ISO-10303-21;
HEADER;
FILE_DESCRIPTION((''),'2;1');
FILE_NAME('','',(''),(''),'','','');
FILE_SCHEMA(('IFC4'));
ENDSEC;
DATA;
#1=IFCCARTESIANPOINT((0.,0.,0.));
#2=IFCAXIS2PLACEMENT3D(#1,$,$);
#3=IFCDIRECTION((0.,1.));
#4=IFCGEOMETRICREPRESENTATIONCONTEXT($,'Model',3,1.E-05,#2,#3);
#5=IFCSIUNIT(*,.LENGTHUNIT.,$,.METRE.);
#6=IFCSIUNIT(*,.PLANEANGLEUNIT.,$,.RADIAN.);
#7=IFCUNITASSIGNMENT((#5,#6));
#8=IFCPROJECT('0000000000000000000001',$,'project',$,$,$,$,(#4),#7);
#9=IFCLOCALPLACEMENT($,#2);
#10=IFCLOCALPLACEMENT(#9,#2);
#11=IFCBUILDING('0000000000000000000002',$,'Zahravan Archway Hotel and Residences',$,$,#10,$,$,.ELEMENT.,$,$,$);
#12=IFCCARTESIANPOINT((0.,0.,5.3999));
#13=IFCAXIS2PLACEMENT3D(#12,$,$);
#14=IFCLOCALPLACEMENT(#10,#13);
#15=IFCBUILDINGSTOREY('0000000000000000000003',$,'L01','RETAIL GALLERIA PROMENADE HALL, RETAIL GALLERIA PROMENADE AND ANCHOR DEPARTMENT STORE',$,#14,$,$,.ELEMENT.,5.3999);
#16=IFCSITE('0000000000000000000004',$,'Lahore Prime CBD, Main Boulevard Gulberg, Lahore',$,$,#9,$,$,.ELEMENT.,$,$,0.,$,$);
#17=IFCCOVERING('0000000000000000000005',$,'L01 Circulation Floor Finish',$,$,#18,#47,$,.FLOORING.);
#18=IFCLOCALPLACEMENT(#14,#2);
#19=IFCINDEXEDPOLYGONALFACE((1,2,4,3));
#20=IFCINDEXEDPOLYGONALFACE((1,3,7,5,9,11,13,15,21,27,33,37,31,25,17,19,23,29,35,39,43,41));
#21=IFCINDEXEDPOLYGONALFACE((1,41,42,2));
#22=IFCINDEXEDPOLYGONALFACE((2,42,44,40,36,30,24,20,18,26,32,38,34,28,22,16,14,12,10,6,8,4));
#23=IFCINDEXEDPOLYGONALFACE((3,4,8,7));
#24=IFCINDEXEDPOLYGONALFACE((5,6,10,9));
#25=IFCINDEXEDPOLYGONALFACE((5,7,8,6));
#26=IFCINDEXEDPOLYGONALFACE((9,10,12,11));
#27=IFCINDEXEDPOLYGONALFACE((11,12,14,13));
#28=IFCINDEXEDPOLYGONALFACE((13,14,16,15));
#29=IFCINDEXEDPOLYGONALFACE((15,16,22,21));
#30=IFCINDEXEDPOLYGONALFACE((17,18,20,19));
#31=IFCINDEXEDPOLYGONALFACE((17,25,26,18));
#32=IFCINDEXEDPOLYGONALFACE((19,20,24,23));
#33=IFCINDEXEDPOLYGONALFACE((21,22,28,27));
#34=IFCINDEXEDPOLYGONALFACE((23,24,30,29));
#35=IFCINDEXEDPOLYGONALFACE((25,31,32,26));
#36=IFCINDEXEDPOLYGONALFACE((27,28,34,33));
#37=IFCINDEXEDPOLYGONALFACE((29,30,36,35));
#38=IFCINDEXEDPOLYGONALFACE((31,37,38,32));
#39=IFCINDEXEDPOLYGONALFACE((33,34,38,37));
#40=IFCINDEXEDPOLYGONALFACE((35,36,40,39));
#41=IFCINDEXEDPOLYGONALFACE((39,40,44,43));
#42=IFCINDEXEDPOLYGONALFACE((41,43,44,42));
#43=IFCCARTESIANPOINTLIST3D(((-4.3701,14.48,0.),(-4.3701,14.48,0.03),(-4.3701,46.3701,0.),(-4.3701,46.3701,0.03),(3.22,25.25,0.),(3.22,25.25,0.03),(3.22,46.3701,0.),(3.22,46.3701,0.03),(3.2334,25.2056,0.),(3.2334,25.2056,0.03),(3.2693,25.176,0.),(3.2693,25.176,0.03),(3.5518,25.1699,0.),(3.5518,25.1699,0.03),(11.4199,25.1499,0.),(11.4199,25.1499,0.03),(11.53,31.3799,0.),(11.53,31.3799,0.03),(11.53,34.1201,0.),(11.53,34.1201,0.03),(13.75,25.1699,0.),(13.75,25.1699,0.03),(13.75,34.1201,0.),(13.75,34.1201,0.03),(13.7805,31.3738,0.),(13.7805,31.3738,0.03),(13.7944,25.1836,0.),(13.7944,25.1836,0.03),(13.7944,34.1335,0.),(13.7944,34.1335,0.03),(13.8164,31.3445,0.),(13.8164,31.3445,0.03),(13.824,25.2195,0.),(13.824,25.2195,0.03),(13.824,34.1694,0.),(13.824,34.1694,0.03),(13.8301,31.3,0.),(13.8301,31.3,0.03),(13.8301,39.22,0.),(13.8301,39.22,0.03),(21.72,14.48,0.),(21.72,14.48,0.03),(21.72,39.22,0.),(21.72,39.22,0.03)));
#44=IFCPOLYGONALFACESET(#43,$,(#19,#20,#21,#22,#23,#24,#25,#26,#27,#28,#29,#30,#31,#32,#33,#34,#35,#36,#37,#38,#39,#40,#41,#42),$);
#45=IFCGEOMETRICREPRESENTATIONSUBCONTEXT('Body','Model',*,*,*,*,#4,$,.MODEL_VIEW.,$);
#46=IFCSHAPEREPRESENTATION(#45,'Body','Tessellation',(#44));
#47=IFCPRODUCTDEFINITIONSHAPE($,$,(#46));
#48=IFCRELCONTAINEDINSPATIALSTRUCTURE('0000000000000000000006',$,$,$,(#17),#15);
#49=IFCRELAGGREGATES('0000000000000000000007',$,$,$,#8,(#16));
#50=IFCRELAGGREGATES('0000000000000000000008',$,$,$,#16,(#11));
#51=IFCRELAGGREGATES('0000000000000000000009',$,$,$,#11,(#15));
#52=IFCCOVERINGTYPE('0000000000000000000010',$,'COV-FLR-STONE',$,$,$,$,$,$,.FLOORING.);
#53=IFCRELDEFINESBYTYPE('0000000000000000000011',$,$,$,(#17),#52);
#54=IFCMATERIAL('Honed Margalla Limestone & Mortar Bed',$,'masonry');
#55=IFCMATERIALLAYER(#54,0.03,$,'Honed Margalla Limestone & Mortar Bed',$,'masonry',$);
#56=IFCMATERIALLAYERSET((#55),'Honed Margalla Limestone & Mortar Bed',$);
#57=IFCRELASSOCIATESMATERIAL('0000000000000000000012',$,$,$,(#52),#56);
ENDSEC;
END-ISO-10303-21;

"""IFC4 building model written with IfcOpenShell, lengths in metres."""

from ifc_helpers import new_model, si_unit, direction, frame, origin, place, context, subcontext, project, spatial, polyline, outline, extrude, material, layer, layer_set, type_object, element, save


model = new_model("IFC4")

# Units and contexts
model_context = context("Model", 3, precision=1e-05, world=origin(), true_north=direction((0.0, 1.0)))
body_context = subcontext(model_context, "Body", "Model", "MODEL_VIEW")
ifc_project = project(units=[si_unit("LENGTHUNIT", "METRE"), si_unit("PLANEANGLEUNIT", "RADIAN")], contexts=[model_context])

# Site, building, storey
site_placement = place(None, origin())
site = spatial("IfcSite", under=ifc_project, at=site_placement, Name="Lahore Prime CBD, Main Boulevard Gulberg, Lahore", CompositionType="ELEMENT", RefElevation=0.0)
building_placement = place(site_placement, origin())
building = spatial("IfcBuilding", under=site, at=building_placement, Name="Zahravan Archway Hotel and Residences", CompositionType="ELEMENT")
storey_placement = place(building_placement, frame((0.0, 0.0, 5.3999)))
storey = spatial("IfcBuildingStorey", under=building, at=storey_placement, Name="L01", Description="RETAIL GALLERIA PROMENADE HALL, RETAIL GALLERIA PROMENADE AND ANCHOR DEPARTMENT STORE", CompositionType="ELEMENT", Elevation=5.3999)

# Covering
ifc_material_1 = material(Name="Honed Margalla Limestone & Mortar Bed", Category="masonry")
ifc_layer_1 = layer(ifc_material_1, 0.03, Name="Honed Margalla Limestone & Mortar Bed", Category="masonry")
ifc_layer_set_1 = layer_set([ifc_layer_1], Name="Honed Margalla Limestone & Mortar Bed")
covering_type = type_object("IfcCoveringType", Name="COV-FLR-STONE", PredefinedType="FLOORING", material=ifc_layer_set_1)
covering_placement = place(storey_placement, origin())
element("IfcCovering", 1, at=covering_placement, inside=storey, type_object=covering_type, Name="L01 Circulation Floor Finish", PredefinedType="FLOORING", context=body_context, shape_type="SweptSolid", body=[
    extrude(outline(polyline([(3.22, 25.25), (3.2334, 25.2056), (3.2693, 25.176), (3.5518, 25.1699), (11.4199, 25.1499), (13.75, 25.1699), (13.7944, 25.1836), (13.824, 25.2195), (13.8301, 31.3), (13.8164, 31.3445), (13.7805, 31.3738), (11.53, 31.3799), (11.53, 34.1201), (13.75, 34.1201), (13.7944, 34.1335), (13.824, 34.1694), (13.8301, 39.22), (21.72, 39.22), (21.72, 14.48), (-4.3701, 14.48), (-4.3701, 46.3701), (3.22, 46.3701), (3.22, 25.25)])), origin(), (0.0, 0.0, 1.0), 0.03),
])

save(model, "model.ifc")
